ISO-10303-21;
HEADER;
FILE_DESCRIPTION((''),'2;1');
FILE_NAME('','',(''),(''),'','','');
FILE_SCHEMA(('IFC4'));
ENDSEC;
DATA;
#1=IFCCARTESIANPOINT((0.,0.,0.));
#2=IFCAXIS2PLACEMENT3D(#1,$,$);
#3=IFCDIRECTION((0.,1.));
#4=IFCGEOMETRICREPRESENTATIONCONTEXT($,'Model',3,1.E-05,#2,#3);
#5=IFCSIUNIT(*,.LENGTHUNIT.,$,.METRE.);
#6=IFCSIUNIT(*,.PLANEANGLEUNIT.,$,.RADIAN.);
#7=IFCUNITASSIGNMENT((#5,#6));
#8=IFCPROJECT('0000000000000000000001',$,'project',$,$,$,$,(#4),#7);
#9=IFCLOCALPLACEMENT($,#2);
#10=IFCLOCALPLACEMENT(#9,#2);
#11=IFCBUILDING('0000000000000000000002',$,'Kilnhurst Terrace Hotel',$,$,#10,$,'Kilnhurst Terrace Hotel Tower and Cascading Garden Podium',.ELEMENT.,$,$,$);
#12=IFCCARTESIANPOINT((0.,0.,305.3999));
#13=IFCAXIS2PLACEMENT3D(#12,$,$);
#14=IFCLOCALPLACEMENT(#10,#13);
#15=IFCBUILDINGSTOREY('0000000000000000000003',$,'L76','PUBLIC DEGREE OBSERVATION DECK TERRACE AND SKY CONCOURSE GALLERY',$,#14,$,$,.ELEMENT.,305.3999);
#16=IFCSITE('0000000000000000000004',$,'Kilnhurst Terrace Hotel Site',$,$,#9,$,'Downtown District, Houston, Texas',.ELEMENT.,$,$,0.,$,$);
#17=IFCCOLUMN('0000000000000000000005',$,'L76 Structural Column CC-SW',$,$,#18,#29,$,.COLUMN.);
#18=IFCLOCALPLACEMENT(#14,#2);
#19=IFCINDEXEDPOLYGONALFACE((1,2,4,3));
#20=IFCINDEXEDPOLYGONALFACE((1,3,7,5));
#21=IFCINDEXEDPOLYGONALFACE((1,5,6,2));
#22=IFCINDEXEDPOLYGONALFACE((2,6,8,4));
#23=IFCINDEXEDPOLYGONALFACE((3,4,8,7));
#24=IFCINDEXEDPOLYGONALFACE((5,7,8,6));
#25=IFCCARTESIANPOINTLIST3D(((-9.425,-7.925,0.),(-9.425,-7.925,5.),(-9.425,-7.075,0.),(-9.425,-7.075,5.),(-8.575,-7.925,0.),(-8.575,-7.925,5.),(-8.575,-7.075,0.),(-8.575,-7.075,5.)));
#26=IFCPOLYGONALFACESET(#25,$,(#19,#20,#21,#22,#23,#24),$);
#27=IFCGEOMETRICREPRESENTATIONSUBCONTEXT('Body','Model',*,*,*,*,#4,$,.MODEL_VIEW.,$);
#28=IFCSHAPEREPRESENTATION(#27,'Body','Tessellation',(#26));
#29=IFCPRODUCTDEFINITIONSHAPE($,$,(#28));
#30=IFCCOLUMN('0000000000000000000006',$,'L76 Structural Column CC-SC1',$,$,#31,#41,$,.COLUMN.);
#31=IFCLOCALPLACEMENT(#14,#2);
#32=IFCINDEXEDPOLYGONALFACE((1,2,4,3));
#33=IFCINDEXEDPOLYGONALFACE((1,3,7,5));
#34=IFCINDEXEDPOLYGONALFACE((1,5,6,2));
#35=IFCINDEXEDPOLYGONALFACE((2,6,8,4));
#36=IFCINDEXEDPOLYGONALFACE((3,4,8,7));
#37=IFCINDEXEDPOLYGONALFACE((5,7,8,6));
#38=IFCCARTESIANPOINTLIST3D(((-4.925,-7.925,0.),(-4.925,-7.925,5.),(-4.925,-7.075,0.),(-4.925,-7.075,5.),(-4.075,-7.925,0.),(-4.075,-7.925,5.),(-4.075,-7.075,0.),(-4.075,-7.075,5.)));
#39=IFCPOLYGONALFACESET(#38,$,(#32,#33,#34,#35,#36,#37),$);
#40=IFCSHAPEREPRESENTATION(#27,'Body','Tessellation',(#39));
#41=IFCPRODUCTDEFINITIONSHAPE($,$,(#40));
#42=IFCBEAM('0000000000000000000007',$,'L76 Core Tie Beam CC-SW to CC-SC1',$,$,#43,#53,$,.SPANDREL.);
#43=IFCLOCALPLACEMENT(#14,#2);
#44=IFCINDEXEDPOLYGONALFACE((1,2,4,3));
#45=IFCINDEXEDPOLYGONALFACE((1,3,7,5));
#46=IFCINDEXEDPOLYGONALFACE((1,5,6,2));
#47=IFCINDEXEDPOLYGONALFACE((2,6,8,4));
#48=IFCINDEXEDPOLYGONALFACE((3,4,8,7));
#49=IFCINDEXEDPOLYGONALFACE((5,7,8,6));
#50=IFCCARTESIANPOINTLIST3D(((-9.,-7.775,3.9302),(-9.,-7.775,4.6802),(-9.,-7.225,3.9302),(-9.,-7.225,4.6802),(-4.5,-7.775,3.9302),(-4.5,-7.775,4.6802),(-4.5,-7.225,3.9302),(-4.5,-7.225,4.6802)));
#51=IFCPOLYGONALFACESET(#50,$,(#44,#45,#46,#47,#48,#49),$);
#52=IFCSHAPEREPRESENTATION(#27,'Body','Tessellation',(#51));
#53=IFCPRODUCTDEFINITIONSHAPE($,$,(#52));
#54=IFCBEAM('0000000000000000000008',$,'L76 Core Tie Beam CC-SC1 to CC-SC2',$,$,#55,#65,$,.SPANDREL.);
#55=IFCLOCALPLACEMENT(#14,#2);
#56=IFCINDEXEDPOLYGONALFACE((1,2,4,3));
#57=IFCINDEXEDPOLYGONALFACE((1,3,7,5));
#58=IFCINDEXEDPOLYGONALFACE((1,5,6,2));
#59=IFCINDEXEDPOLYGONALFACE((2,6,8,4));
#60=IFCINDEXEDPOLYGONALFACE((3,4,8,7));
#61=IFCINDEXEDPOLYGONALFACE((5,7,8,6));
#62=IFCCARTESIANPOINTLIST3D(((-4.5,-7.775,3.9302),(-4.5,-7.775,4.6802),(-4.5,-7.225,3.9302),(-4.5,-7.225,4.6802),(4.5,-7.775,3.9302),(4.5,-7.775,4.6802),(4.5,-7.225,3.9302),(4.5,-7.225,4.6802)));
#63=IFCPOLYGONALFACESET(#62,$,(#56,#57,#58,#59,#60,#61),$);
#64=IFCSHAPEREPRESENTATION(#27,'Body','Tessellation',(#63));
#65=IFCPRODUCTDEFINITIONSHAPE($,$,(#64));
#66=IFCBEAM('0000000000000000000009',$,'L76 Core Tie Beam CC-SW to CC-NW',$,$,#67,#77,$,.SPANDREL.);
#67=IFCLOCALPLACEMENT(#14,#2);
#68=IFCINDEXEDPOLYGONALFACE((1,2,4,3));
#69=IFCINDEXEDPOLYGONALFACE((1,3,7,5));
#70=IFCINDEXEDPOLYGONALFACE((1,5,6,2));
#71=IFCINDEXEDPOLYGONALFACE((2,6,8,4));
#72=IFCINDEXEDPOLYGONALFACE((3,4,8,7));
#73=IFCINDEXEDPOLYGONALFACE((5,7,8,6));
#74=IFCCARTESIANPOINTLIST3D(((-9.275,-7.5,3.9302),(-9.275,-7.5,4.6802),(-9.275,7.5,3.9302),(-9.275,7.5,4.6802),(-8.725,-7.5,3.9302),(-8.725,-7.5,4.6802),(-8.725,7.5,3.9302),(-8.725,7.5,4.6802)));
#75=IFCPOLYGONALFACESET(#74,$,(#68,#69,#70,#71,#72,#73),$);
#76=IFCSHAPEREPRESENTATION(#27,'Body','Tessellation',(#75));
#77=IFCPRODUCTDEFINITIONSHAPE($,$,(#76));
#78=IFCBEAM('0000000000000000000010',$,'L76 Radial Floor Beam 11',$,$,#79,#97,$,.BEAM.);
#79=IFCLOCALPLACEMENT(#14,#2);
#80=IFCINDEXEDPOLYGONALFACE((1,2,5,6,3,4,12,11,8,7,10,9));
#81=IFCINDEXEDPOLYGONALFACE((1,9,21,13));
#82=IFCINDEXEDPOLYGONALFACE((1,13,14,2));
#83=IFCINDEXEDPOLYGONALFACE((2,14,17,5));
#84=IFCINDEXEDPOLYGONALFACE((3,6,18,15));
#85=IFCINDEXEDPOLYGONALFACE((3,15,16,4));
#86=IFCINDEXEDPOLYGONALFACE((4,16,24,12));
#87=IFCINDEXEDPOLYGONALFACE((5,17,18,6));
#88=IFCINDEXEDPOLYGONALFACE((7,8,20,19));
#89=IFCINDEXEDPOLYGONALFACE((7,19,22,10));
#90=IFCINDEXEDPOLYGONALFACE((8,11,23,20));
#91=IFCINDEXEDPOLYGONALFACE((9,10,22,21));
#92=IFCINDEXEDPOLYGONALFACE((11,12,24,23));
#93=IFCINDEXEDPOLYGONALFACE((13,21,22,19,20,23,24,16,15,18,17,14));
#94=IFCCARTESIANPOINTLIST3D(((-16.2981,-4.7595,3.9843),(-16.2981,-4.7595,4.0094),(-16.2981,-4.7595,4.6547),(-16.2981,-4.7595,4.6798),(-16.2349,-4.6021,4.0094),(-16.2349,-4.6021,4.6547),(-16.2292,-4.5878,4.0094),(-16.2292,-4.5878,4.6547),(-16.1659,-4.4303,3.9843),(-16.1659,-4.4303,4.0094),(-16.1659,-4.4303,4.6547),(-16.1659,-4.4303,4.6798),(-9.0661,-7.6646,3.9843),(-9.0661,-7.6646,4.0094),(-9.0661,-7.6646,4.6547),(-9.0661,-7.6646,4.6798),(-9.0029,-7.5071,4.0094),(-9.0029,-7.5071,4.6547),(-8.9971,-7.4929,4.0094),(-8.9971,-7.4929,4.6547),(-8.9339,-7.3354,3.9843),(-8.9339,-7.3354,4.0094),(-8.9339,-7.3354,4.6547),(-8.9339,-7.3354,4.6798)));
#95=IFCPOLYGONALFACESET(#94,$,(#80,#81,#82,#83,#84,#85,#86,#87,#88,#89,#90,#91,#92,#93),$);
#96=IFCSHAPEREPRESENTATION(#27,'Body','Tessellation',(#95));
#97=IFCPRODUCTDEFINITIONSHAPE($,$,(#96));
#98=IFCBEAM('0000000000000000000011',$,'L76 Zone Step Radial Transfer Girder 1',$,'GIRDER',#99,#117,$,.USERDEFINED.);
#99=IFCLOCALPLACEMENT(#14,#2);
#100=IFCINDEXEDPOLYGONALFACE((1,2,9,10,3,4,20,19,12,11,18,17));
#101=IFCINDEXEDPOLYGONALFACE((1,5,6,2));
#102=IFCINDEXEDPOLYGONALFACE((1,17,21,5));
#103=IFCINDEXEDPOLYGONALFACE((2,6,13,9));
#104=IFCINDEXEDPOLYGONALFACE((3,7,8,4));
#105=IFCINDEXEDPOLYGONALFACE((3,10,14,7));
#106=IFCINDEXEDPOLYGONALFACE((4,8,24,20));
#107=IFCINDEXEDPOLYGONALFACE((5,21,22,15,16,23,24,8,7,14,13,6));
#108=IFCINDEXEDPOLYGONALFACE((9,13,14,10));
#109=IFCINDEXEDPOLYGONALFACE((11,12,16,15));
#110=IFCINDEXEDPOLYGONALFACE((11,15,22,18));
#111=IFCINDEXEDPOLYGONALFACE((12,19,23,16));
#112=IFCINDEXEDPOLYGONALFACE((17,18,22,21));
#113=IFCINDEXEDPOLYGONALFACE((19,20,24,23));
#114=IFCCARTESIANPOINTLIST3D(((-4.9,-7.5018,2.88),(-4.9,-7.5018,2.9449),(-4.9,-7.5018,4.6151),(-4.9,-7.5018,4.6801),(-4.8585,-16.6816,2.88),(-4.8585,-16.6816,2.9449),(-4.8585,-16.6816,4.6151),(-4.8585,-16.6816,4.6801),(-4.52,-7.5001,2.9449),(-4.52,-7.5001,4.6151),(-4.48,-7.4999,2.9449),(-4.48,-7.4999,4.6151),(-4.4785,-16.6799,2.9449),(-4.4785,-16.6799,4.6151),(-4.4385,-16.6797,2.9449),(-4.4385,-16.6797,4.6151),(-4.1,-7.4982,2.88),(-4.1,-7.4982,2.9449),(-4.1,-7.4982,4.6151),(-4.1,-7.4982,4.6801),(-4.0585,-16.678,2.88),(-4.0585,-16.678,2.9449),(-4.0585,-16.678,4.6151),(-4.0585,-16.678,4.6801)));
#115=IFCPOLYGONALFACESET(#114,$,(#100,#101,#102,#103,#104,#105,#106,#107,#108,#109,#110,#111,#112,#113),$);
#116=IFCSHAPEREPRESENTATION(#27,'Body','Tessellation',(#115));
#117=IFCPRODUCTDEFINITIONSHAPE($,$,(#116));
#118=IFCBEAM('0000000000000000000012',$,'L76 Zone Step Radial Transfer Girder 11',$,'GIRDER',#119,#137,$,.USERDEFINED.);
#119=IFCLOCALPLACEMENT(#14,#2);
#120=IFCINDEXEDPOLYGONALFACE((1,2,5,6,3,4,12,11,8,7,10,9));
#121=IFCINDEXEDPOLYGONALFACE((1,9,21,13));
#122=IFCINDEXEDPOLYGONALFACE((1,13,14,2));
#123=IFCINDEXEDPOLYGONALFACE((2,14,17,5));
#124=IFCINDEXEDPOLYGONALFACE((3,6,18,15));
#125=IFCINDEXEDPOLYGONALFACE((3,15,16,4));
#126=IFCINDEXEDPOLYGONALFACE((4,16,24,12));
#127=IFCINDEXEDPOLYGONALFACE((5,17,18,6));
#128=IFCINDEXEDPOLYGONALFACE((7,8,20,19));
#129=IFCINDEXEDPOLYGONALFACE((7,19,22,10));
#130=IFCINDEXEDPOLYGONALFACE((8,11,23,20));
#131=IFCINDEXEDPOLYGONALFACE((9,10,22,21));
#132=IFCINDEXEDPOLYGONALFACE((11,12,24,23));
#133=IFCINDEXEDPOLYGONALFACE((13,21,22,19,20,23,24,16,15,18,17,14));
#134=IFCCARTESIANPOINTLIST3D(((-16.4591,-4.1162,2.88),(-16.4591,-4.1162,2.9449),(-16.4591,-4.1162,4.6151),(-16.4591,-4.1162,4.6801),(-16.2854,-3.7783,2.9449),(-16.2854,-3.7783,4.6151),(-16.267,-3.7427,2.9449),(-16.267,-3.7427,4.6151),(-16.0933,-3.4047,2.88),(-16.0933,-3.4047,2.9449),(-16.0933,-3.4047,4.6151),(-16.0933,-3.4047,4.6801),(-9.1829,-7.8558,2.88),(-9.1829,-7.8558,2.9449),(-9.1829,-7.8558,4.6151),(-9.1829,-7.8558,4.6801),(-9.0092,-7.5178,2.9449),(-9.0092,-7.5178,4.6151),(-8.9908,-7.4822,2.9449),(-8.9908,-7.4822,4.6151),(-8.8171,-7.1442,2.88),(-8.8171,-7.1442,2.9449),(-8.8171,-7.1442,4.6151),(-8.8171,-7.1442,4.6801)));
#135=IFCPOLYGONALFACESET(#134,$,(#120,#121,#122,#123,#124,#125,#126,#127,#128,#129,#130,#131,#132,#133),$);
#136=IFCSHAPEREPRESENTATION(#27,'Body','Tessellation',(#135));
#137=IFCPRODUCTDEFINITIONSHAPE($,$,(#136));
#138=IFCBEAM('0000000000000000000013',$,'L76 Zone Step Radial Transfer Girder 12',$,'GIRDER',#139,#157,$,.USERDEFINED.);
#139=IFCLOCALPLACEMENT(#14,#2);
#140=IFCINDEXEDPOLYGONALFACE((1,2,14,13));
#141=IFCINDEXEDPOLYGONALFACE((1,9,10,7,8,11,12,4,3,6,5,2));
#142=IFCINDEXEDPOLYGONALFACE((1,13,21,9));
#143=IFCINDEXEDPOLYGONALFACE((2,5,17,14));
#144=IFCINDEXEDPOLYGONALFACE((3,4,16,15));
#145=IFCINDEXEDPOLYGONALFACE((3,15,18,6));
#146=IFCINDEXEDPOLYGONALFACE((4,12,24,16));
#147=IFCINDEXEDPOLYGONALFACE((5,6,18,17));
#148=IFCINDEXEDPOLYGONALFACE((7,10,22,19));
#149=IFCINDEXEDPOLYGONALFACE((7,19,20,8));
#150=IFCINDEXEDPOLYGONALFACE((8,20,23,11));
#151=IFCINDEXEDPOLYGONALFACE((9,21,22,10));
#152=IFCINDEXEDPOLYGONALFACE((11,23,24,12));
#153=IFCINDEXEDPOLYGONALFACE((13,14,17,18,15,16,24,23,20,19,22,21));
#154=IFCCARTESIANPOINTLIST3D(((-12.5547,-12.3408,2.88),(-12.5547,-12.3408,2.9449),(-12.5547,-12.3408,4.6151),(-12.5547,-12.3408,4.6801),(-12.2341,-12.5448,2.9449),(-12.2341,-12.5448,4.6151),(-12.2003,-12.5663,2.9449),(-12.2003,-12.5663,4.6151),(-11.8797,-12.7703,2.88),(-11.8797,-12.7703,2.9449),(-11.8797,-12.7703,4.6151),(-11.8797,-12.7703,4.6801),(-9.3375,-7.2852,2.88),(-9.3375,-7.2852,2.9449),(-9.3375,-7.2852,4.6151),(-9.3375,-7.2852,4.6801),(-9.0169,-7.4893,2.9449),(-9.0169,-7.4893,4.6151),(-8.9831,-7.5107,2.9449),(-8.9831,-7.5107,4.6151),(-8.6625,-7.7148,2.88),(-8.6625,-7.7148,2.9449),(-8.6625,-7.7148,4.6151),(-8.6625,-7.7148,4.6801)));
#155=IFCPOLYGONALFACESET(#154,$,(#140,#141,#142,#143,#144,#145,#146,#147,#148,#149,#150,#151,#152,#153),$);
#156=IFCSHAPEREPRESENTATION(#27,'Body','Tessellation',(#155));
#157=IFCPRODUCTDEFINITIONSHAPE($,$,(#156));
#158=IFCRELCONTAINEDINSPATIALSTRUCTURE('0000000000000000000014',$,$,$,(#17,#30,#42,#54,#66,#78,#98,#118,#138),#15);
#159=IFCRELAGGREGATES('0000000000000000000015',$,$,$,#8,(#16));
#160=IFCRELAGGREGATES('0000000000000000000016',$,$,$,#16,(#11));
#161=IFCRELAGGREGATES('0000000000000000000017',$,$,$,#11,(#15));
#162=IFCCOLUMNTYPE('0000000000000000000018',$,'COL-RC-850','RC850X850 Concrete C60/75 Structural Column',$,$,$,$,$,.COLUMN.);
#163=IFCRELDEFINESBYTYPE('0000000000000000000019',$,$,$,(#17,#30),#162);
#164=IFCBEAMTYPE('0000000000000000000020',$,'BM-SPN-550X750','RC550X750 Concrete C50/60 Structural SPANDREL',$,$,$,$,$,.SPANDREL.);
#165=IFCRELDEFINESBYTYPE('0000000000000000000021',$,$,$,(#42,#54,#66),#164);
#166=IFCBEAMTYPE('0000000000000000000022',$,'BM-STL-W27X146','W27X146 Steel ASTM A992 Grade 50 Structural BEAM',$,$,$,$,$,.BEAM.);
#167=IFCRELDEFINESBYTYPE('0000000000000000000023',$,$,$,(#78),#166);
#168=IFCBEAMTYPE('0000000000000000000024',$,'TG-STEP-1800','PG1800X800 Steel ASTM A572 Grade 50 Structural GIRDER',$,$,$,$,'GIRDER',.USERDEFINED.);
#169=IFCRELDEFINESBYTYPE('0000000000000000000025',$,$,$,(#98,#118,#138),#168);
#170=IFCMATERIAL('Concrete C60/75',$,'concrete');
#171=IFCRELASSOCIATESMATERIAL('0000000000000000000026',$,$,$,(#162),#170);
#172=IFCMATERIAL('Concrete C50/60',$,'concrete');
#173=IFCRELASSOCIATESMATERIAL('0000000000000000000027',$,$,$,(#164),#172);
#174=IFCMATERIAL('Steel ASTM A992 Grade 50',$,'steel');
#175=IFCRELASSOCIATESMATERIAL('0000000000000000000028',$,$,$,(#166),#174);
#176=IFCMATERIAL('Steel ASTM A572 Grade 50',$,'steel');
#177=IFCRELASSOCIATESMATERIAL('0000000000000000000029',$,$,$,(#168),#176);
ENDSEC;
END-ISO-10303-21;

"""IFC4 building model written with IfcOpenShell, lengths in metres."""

from ifc_helpers import new_model, si_unit, direction, frame, origin, origin_2d, place, context, subcontext, project, spatial, rectangle, i_section, extrude, material, material_profile, profile_set, type_object, element, save


model = new_model("IFC4")

# Units and contexts
model_context = context("Model", 3, precision=1e-05, world=origin(), true_north=direction((0.0, 1.0)))
body_context = subcontext(model_context, "Body", "Model", "MODEL_VIEW")
ifc_project = project(units=[si_unit("LENGTHUNIT", "METRE"), si_unit("PLANEANGLEUNIT", "RADIAN")], contexts=[model_context])

# Site, building, storey
site_placement = place(None, origin())
site = spatial("IfcSite", under=ifc_project, at=site_placement, Name="Kilnhurst Terrace Hotel Site", LongName="Downtown District, Houston, Texas", CompositionType="ELEMENT", RefElevation=0.0)
building_placement = place(site_placement, origin())
building = spatial("IfcBuilding", under=site, at=building_placement, Name="Kilnhurst Terrace Hotel", LongName="Kilnhurst Terrace Hotel Tower and Cascading Garden Podium", CompositionType="ELEMENT")
storey_placement = place(building_placement, frame((0.0, 0.0, 305.3999)))
storey = spatial("IfcBuildingStorey", under=building, at=storey_placement, Name="L76", Description="PUBLIC DEGREE OBSERVATION DECK TERRACE AND SKY CONCOURSE GALLERY", CompositionType="ELEMENT", Elevation=305.3999)

# Columns
ifc_material_1 = material(Name="Concrete C60/75", Category="concrete")
ifc_material_profile_1 = material_profile(ifc_material_1, rectangle(XDim=0.8501, YDim=0.8501, at=origin_2d()), Name="RC850X850")
ifc_profile_set_1 = profile_set([ifc_material_profile_1], Name="Concrete C60/75")
column_type = type_object("IfcColumnType", Name="COL-RC-850", Description="RC850X850 Concrete C60/75 Structural Column", PredefinedType="COLUMN", material=ifc_profile_set_1)
for number, where, z_axis, x_axis, name in (
    (1, (-9.0, -7.5, 0.0), (0.0, 0.0, 1.0), (1.0, 0.0, 0.0), "L76 Structural Column CC-SW"),
    (2, (-4.5, -7.5, 0.0), (0.0, 0.0, 1.0), (1.0, 0.0, 0.0), "L76 Structural Column CC-SC1"),
):
    element("IfcColumn", number, at=place(storey_placement, frame(where, z_axis=z_axis, x_axis=x_axis)), inside=storey, type_object=column_type, Name=name, PredefinedType="COLUMN", context=body_context, shape_type="SweptSolid", body=[
        extrude(rectangle(XDim=0.8501, YDim=0.8501, at=origin_2d()), origin(), (0.0, 0.0, 1.0), 5.0),
    ])

# Beams
ifc_material_2 = material(Name="Concrete C50/60", Category="concrete")
ifc_material_profile_2 = material_profile(ifc_material_2, rectangle(XDim=0.55, YDim=0.75, at=origin_2d()), Name="RC550X750")
ifc_profile_set_2 = profile_set([ifc_material_profile_2], Name="Concrete C50/60")
beam_type_1 = type_object("IfcBeamType", Name="BM-SPN-550X750", Description="RC550X750 Concrete C50/60 Structural SPANDREL", PredefinedType="SPANDREL", material=ifc_profile_set_2)
beam_1_placement = place(storey_placement, frame((-9.0, -7.5, 4.3052), z_axis=(1.0, 0.0, 0.0), x_axis=(0.0, 1.0, 0.0)))
element("IfcBeam", 3, at=beam_1_placement, inside=storey, type_object=beam_type_1, Name="L76 Core Tie Beam CC-SW to CC-SC1", PredefinedType="SPANDREL", context=body_context, shape_type="SweptSolid", body=[
    extrude(rectangle(XDim=0.55, YDim=0.75, at=origin_2d()), origin(), (0.0, 0.0, 1.0), 4.5),
])
beam_2_placement = place(storey_placement, frame((-4.5, -7.5, 4.3052), z_axis=(1.0, 0.0, 0.0), x_axis=(0.0, 1.0, 0.0)))
element("IfcBeam", 4, at=beam_2_placement, inside=storey, type_object=beam_type_1, Name="L76 Core Tie Beam CC-SC1 to CC-SC2", PredefinedType="SPANDREL", context=body_context, shape_type="SweptSolid", body=[
    extrude(rectangle(XDim=0.55, YDim=0.75, at=origin_2d()), origin(), (0.0, 0.0, 1.0), 9.0),
])
beam_3_placement = place(storey_placement, frame((-9.0, -7.5, 4.3052), z_axis=(0.0, 1.0, 0.0), x_axis=(-1.0, 0.0, 0.0)))
element("IfcBeam", 5, at=beam_3_placement, inside=storey, type_object=beam_type_1, Name="L76 Core Tie Beam CC-SW to CC-NW", PredefinedType="SPANDREL", context=body_context, shape_type="SweptSolid", body=[
    extrude(rectangle(XDim=0.55, YDim=0.75, at=origin_2d()), origin(), (0.0, 0.0, 1.0), 15.0),
])
ifc_material_3 = material(Name="Steel ASTM A992 Grade 50", Category="steel")
ifc_material_profile_3 = material_profile(ifc_material_3, i_section(OverallWidth=0.3547, OverallDepth=0.6956, WebThickness=0.0154, FlangeThickness=0.0251, at=origin_2d()), Name="W27X146")
ifc_profile_set_3 = profile_set([ifc_material_profile_3], Name="Steel ASTM A992 Grade 50")
beam_type_2 = type_object("IfcBeamType", Name="BM-STL-W27X146", Description="W27X146 Steel ASTM A992 Grade 50 Structural BEAM", PredefinedType="BEAM", material=ifc_profile_set_3)
beam_4_placement = place(storey_placement, frame((-9.0, -7.5, 4.332), z_axis=(-0.927933, 0.372746, 0.0), x_axis=(-0.372746, -0.927933, 0.0)))
element("IfcBeam", 6, at=beam_4_placement, inside=storey, type_object=beam_type_2, Name="L76 Radial Floor Beam 11", PredefinedType="BEAM", context=body_context, shape_type="SweptSolid", body=[
    extrude(i_section(OverallWidth=0.3547, OverallDepth=0.6956, WebThickness=0.0154, FlangeThickness=0.0251, at=origin_2d()), origin(), (0.0, 0.0, 1.0), 7.7937),
])
ifc_material_4 = material(Name="Steel ASTM A572 Grade 50", Category="steel")
ifc_material_profile_4 = material_profile(ifc_material_4, i_section(OverallWidth=0.8, OverallDepth=1.8, WebThickness=0.04, FlangeThickness=0.0649, at=origin_2d()), Name="PG1800X800")
ifc_profile_set_4 = profile_set([ifc_material_profile_4], Name="Steel ASTM A572 Grade 50")
beam_type_3 = type_object("IfcBeamType", Name="TG-STEP-1800", Description="PG1800X800 Steel ASTM A572 Grade 50 Structural GIRDER", ElementType="GIRDER", PredefinedType="USERDEFINED", material=ifc_profile_set_4)
beam_5_placement = place(storey_placement, frame((-4.5, -7.5, 3.78), z_axis=(0.004521, -0.99999, 0.0), x_axis=(0.99999, 0.004521, 0.0)))
element("IfcBeam", 7, at=beam_5_placement, inside=storey, type_object=beam_type_3, Name="L76 Zone Step Radial Transfer Girder 1", ObjectType="GIRDER", PredefinedType="USERDEFINED", context=body_context, shape_type="SweptSolid", body=[
    extrude(i_section(OverallWidth=0.8, OverallDepth=1.8, WebThickness=0.04, FlangeThickness=0.0649, at=origin_2d()), origin(), (0.0, 0.0, 1.0), 9.1799),
])
beam_6_placement = place(storey_placement, frame((-9.0, -7.5, 3.78), z_axis=(-0.889412, 0.457106, 0.0), x_axis=(-0.457106, -0.889412, 0.0)))
element("IfcBeam", 8, at=beam_6_placement, inside=storey, type_object=beam_type_3, Name="L76 Zone Step Radial Transfer Girder 11", ObjectType="GIRDER", PredefinedType="USERDEFINED", context=body_context, shape_type="SweptSolid", body=[
    extrude(i_section(OverallWidth=0.8, OverallDepth=1.8, WebThickness=0.04, FlangeThickness=0.0649, at=origin_2d()), origin(), (0.0, 0.0, 1.0), 8.1809),
])
beam_7_placement = place(storey_placement, frame((-9.0, -7.5, 3.78), z_axis=(-0.536881, -0.843658, 0.0), x_axis=(0.843658, -0.536881, 0.0)))
element("IfcBeam", 9, at=beam_7_placement, inside=storey, type_object=beam_type_3, Name="L76 Zone Step Radial Transfer Girder 12", ObjectType="GIRDER", PredefinedType="USERDEFINED", context=body_context, shape_type="SweptSolid", body=[
    extrude(i_section(OverallWidth=0.8, OverallDepth=1.8, WebThickness=0.04, FlangeThickness=0.0649, at=origin_2d()), origin(), (0.0, 0.0, 1.0), 5.9924),
])

save(model, "model.ifc")
